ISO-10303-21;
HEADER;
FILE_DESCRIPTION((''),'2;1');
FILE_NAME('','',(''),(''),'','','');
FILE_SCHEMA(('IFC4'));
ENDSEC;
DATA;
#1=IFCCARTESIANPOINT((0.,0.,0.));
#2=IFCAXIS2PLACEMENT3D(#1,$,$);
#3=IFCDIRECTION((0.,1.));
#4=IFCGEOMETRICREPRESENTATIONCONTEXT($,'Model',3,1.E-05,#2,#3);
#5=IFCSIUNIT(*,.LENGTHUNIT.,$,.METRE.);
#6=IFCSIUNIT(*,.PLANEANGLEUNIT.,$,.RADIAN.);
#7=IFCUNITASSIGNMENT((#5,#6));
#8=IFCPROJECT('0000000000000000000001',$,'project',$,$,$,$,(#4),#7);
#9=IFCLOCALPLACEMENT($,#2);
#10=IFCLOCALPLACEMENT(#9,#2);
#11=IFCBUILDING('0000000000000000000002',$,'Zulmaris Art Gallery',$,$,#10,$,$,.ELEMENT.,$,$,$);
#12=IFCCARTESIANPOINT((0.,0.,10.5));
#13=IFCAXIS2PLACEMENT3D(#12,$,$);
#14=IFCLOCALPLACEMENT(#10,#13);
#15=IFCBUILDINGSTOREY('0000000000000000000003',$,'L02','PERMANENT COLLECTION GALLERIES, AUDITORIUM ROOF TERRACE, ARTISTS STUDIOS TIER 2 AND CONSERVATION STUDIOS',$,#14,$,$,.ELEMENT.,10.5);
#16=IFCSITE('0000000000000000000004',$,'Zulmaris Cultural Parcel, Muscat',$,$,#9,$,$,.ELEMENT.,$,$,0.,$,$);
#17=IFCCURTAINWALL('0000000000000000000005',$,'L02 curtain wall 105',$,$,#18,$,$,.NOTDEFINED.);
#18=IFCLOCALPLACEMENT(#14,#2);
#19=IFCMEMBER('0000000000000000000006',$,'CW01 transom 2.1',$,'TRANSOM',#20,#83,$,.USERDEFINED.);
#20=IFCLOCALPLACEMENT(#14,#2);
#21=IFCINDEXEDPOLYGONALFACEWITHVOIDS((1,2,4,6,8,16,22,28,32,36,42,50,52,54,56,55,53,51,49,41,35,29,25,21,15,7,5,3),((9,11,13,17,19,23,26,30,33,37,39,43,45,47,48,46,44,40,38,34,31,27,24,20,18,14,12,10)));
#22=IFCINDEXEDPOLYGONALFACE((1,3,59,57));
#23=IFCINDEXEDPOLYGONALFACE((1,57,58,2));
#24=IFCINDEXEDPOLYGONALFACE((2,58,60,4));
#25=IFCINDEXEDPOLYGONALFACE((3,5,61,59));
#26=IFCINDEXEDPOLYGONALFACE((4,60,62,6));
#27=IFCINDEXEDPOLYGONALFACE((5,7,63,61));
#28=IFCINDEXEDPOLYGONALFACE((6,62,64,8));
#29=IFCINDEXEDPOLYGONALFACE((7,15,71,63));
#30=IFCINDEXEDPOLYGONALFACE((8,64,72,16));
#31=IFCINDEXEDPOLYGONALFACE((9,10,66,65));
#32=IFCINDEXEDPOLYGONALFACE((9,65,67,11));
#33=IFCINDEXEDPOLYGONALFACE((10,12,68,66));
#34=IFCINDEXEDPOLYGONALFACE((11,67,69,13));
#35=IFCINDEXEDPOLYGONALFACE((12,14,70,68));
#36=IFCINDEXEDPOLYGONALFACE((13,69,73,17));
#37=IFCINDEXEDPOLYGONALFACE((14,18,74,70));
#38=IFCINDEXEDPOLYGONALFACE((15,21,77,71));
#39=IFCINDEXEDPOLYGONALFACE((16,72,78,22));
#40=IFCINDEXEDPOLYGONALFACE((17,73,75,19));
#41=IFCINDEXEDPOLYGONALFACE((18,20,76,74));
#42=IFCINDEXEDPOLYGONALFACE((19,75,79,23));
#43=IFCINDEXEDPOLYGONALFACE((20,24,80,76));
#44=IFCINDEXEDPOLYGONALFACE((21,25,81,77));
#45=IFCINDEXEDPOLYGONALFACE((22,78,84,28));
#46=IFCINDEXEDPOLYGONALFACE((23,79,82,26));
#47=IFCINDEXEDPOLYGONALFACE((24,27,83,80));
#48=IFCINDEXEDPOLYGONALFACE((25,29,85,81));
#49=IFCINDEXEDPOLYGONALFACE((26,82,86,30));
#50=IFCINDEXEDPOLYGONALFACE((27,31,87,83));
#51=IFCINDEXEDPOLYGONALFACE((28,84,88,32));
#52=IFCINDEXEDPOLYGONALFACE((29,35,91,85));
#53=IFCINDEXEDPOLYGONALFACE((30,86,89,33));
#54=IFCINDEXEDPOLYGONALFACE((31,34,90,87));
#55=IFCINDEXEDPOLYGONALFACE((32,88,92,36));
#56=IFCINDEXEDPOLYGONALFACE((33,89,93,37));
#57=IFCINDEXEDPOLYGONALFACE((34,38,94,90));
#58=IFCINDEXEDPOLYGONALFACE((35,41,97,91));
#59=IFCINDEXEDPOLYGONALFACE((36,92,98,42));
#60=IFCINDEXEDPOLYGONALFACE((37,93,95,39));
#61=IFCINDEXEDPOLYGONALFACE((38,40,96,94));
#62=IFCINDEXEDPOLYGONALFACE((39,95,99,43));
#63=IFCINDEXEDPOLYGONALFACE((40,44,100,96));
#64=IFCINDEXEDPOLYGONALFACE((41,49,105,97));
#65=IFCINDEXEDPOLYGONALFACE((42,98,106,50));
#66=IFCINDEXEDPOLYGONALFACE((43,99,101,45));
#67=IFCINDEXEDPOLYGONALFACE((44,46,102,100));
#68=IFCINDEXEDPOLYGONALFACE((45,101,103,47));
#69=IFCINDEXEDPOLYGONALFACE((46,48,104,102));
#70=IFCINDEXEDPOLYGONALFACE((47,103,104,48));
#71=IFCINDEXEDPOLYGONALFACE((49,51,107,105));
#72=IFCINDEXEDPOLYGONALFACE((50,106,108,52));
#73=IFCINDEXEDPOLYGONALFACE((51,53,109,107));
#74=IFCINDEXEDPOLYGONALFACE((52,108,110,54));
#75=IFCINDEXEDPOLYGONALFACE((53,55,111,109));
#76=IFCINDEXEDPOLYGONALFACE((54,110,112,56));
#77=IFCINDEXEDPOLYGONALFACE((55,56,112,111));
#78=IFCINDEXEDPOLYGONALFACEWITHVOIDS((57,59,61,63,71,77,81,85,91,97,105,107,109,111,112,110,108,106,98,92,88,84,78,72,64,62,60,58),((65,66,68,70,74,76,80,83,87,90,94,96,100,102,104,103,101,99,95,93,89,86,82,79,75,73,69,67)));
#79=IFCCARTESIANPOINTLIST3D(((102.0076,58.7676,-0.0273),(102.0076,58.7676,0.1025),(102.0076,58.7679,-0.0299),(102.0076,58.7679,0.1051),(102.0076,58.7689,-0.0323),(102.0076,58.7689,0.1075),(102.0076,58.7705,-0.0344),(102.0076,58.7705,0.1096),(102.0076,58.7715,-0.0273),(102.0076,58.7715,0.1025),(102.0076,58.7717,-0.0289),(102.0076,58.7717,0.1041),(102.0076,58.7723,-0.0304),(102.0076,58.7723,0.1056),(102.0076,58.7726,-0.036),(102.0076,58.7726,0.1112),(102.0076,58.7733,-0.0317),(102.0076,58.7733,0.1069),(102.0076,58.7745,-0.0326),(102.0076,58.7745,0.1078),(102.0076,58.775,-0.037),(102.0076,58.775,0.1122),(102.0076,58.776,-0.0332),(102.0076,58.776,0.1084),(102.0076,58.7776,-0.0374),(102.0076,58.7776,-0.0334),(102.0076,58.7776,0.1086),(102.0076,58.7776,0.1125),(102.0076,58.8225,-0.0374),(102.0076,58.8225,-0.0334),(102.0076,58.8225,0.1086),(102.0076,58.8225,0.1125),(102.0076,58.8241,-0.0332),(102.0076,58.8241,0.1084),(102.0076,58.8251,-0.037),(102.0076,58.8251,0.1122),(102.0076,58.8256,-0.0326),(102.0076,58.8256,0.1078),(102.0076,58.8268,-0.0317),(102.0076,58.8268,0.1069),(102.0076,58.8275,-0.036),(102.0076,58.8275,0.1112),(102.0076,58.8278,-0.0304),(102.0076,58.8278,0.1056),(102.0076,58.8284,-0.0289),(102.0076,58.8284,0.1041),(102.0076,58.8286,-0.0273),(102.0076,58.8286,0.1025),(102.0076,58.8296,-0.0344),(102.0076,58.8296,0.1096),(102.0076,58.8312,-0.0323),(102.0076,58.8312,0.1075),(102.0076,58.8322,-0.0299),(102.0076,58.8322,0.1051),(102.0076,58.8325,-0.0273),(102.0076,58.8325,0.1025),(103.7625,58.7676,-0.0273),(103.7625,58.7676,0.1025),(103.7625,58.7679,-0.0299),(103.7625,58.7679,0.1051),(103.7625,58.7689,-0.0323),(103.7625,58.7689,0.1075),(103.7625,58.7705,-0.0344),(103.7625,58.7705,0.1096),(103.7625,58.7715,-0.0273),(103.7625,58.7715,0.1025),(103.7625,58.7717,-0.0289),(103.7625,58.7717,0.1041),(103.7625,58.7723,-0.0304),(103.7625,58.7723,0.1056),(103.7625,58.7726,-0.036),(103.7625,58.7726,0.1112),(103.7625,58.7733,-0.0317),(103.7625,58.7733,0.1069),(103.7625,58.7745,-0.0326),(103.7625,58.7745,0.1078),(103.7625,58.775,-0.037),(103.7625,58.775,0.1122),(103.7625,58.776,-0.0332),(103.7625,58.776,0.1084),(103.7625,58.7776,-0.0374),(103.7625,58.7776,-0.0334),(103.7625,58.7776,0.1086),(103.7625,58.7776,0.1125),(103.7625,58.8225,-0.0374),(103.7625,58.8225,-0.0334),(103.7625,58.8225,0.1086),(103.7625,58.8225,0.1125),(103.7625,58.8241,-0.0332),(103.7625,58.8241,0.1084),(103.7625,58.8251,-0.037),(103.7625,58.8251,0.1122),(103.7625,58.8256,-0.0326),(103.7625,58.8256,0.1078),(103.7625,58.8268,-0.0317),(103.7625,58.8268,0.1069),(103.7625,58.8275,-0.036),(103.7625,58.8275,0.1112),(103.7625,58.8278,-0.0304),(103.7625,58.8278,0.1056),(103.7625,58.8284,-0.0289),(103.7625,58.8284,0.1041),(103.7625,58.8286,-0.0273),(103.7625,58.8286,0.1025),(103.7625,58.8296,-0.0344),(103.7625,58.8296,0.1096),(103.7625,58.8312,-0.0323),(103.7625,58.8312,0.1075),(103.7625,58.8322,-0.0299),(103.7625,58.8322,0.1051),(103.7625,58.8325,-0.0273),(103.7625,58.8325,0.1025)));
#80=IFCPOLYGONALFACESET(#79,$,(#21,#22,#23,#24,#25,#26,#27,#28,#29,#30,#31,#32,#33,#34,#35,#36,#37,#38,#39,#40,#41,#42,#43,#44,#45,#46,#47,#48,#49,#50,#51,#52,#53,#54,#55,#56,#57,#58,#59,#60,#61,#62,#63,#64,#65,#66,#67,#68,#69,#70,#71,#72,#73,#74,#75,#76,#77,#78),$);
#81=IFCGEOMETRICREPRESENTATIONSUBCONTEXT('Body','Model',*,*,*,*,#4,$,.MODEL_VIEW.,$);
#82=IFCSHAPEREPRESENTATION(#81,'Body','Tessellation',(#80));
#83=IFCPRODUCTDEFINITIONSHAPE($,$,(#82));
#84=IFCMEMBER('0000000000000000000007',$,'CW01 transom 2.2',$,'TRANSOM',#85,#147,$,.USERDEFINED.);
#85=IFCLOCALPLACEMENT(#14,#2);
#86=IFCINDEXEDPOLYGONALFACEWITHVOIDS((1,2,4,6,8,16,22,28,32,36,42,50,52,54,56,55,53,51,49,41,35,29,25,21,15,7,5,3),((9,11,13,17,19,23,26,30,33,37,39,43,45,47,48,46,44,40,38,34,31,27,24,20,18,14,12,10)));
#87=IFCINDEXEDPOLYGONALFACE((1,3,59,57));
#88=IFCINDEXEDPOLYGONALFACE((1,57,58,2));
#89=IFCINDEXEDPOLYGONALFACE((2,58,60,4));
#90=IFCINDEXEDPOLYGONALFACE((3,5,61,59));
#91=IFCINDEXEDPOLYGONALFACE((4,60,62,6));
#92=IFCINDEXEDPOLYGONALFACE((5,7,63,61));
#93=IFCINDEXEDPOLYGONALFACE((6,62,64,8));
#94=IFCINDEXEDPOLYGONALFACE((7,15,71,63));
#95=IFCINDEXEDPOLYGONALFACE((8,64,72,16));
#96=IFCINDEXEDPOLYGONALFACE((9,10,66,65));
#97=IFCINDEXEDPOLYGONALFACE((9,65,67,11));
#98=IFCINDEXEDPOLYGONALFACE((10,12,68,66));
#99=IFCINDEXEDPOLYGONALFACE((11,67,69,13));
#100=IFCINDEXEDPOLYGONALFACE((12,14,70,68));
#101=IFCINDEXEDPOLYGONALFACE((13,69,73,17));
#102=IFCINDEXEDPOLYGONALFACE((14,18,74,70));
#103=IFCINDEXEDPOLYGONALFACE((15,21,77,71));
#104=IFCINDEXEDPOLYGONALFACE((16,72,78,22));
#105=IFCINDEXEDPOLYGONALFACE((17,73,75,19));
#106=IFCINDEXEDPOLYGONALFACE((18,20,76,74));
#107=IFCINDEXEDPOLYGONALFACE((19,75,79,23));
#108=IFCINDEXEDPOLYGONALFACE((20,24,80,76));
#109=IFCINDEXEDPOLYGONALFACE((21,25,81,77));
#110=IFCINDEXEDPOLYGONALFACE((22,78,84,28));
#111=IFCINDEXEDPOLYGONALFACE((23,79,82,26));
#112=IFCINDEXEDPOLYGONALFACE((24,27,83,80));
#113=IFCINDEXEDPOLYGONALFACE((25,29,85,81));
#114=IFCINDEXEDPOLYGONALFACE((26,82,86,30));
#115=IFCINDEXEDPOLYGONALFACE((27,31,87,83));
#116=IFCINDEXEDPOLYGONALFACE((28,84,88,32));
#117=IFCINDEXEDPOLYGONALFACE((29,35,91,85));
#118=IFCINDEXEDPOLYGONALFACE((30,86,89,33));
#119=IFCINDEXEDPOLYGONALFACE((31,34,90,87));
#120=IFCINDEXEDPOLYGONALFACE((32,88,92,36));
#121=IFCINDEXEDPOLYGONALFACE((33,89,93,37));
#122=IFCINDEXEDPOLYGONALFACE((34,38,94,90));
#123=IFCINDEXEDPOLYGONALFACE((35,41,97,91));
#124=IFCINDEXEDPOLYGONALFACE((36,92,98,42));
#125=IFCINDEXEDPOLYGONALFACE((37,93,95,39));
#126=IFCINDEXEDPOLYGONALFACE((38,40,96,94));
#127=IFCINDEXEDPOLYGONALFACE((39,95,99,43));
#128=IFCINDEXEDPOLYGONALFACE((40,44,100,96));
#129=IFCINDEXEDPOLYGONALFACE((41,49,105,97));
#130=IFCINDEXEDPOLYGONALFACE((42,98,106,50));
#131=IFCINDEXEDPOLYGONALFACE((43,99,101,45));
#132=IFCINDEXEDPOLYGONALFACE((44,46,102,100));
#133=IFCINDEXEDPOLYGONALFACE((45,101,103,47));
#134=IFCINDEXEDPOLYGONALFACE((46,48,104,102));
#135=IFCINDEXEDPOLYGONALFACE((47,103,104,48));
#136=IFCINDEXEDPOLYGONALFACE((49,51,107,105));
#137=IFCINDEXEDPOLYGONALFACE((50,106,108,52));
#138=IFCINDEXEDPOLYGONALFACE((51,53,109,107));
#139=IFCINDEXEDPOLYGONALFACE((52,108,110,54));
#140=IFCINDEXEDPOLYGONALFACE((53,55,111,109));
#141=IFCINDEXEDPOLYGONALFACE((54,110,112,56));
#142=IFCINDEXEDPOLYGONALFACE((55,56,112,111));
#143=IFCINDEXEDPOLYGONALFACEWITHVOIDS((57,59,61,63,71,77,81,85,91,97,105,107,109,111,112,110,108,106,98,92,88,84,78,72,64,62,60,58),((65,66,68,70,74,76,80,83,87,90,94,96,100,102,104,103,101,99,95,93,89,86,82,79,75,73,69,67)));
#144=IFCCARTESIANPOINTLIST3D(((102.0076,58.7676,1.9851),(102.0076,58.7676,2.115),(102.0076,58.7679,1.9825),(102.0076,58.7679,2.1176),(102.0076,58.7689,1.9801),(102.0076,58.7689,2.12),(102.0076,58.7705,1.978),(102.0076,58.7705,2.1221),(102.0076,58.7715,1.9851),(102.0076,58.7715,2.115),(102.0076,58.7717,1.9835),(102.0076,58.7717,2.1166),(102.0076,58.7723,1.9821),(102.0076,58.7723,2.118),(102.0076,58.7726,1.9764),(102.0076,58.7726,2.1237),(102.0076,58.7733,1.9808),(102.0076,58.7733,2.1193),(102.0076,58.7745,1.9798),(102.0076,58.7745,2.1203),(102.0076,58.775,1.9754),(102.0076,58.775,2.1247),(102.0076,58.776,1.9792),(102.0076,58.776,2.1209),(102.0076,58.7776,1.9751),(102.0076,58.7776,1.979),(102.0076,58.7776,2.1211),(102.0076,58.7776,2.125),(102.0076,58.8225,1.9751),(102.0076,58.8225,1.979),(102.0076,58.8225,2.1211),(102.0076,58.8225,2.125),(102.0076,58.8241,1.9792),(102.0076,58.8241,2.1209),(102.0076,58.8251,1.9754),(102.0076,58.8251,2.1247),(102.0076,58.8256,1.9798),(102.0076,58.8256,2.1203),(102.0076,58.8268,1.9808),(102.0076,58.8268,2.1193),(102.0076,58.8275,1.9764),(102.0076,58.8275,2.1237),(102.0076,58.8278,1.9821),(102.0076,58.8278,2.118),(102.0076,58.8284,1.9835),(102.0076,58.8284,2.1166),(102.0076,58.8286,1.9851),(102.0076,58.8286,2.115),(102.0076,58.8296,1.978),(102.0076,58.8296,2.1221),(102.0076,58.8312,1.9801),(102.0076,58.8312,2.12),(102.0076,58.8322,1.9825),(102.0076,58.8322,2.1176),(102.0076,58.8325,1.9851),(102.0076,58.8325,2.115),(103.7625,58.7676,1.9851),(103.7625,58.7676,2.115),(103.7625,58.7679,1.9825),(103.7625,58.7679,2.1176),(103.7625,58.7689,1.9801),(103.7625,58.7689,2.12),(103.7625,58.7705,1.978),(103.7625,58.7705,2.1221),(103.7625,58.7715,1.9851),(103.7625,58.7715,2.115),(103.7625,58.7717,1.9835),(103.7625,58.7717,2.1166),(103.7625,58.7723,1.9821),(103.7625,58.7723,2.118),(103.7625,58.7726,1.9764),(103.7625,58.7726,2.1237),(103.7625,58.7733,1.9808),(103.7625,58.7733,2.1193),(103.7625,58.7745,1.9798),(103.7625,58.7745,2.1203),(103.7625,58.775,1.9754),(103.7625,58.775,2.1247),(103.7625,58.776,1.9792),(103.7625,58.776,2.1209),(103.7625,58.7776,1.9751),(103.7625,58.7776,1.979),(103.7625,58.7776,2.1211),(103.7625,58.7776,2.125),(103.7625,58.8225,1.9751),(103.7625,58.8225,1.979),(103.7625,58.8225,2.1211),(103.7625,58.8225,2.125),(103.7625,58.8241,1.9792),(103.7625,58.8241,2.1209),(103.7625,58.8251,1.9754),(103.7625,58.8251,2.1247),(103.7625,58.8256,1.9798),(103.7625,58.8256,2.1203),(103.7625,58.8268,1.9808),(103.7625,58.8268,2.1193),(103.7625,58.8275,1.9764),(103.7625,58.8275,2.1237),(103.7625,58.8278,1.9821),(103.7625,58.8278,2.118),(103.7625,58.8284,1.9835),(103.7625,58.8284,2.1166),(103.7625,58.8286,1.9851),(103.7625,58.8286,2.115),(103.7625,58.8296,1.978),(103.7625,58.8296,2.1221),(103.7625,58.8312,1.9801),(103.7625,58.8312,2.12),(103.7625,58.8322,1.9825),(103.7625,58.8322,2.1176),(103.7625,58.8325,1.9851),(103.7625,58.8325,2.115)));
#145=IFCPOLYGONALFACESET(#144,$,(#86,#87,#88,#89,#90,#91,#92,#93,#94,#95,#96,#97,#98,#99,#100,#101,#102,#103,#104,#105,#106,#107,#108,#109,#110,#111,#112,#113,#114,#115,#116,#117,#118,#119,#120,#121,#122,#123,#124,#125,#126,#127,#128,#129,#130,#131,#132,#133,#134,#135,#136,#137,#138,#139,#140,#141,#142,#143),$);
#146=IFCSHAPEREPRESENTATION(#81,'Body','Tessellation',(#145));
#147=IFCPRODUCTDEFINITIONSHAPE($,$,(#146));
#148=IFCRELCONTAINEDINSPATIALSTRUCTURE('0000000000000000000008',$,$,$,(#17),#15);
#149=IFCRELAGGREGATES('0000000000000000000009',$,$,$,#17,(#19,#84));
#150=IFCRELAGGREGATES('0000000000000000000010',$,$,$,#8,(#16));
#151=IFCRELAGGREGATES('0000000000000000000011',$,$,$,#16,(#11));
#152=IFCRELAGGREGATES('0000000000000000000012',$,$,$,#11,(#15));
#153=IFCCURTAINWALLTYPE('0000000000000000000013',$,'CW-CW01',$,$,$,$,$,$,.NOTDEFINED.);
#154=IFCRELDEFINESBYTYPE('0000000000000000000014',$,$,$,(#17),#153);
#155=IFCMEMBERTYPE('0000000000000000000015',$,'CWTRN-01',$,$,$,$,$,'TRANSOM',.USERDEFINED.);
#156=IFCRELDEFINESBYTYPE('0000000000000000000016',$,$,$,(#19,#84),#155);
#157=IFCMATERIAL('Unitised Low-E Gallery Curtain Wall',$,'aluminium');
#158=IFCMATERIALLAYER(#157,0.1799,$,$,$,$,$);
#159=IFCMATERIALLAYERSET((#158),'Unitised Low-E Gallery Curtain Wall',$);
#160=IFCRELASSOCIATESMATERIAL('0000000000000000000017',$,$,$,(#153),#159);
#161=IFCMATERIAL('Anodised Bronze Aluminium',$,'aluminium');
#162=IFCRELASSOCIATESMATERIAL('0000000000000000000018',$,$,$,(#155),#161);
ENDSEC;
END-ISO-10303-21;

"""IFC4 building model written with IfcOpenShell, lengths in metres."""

from ifc_helpers import new_model, si_unit, direction, frame, origin, origin_2d, place, context, subcontext, project, spatial, hollow_rectangle, extrude, material, layer, layer_set, material_profile, profile_set, type_object, element, aggregate, save


model = new_model("IFC4")

# Units and contexts
model_context = context("Model", 3, precision=1e-05, world=origin(), true_north=direction((0.0, 1.0)))
body_context = subcontext(model_context, "Body", "Model", "MODEL_VIEW")
ifc_project = project(units=[si_unit("LENGTHUNIT", "METRE"), si_unit("PLANEANGLEUNIT", "RADIAN")], contexts=[model_context])

# Site, building, storey
site_placement = place(None, origin())
site = spatial("IfcSite", under=ifc_project, at=site_placement, Name="Zulmaris Cultural Parcel, Muscat", CompositionType="ELEMENT", RefElevation=0.0)
building_placement = place(site_placement, origin())
building = spatial("IfcBuilding", under=site, at=building_placement, Name="Zulmaris Art Gallery", CompositionType="ELEMENT")
storey_placement = place(building_placement, frame((0.0, 0.0, 10.5)))
storey = spatial("IfcBuildingStorey", under=building, at=storey_placement, Name="L02", Description="PERMANENT COLLECTION GALLERIES, AUDITORIUM ROOF TERRACE, ARTISTS STUDIOS TIER 2 AND CONSERVATION STUDIOS", CompositionType="ELEMENT", Elevation=10.5)

# Curtain wall
ifc_material_1 = material(Name="Unitised Low-E Gallery Curtain Wall", Category="aluminium")
ifc_layer_1 = layer(ifc_material_1, 0.1799)
ifc_layer_set_1 = layer_set([ifc_layer_1], Name="Unitised Low-E Gallery Curtain Wall")
curtain_wall_type = type_object("IfcCurtainWallType", Name="CW-CW01", PredefinedType="NOTDEFINED", material=ifc_layer_set_1)
curtain_wall_1_placement = place(storey_placement, origin())
curtain_wall_1 = element("IfcCurtainWall", 1, at=curtain_wall_1_placement, inside=storey, type_object=curtain_wall_type, Name="L02 curtain wall 105", PredefinedType="NOTDEFINED")
ifc_material_2 = material(Name="Anodised Bronze Aluminium", Category="aluminium")

# Members
ifc_material_profile_1 = material_profile(ifc_material_2, hollow_rectangle(XDim=0.0649, YDim=0.1499, WallThickness=0.0039, InnerFilletRadius=0.0061, OuterFilletRadius=0.01, at=origin_2d()), Name="ALU 65x150x4")
ifc_profile_set_1 = profile_set([ifc_material_profile_1], Name="Anodised Bronze Aluminium")
member_type_1 = type_object("IfcMemberType", Name="CWTRN-01", ElementType="TRANSOM", PredefinedType="USERDEFINED", material=ifc_profile_set_1)
member_1_placement = place(storey_placement, frame((102.0076, 58.8, 0.0376), z_axis=(1.0, 0.0, 0.0), x_axis=(0.0, 1.0, 0.0)))
member_1 = element("IfcMember", 2, at=member_1_placement, type_object=member_type_1, Name="CW01 transom 2.1", ObjectType="TRANSOM", PredefinedType="USERDEFINED", context=body_context, shape_type="SweptSolid", body=[
    extrude(hollow_rectangle(XDim=0.0649, YDim=0.1499, WallThickness=0.0039, InnerFilletRadius=0.0061, OuterFilletRadius=0.01, at=origin_2d()), origin(), (0.0, 0.0, 1.0), 1.7549),
])
member_2_placement = place(storey_placement, frame((102.0076, 58.8, 2.05), z_axis=(1.0, 0.0, 0.0), x_axis=(0.0, 1.0, 0.0)))
member_2 = element("IfcMember", 3, at=member_2_placement, type_object=member_type_1, Name="CW01 transom 2.2", ObjectType="TRANSOM", PredefinedType="USERDEFINED", context=body_context, shape_type="SweptSolid", body=[
    extrude(hollow_rectangle(XDim=0.0649, YDim=0.1499, WallThickness=0.0039, InnerFilletRadius=0.0061, OuterFilletRadius=0.01, at=origin_2d()), origin(), (0.0, 0.0, 1.0), 1.7549),
])

aggregate(curtain_wall_1, [member_1, member_2])

save(model, "model.ifc")
